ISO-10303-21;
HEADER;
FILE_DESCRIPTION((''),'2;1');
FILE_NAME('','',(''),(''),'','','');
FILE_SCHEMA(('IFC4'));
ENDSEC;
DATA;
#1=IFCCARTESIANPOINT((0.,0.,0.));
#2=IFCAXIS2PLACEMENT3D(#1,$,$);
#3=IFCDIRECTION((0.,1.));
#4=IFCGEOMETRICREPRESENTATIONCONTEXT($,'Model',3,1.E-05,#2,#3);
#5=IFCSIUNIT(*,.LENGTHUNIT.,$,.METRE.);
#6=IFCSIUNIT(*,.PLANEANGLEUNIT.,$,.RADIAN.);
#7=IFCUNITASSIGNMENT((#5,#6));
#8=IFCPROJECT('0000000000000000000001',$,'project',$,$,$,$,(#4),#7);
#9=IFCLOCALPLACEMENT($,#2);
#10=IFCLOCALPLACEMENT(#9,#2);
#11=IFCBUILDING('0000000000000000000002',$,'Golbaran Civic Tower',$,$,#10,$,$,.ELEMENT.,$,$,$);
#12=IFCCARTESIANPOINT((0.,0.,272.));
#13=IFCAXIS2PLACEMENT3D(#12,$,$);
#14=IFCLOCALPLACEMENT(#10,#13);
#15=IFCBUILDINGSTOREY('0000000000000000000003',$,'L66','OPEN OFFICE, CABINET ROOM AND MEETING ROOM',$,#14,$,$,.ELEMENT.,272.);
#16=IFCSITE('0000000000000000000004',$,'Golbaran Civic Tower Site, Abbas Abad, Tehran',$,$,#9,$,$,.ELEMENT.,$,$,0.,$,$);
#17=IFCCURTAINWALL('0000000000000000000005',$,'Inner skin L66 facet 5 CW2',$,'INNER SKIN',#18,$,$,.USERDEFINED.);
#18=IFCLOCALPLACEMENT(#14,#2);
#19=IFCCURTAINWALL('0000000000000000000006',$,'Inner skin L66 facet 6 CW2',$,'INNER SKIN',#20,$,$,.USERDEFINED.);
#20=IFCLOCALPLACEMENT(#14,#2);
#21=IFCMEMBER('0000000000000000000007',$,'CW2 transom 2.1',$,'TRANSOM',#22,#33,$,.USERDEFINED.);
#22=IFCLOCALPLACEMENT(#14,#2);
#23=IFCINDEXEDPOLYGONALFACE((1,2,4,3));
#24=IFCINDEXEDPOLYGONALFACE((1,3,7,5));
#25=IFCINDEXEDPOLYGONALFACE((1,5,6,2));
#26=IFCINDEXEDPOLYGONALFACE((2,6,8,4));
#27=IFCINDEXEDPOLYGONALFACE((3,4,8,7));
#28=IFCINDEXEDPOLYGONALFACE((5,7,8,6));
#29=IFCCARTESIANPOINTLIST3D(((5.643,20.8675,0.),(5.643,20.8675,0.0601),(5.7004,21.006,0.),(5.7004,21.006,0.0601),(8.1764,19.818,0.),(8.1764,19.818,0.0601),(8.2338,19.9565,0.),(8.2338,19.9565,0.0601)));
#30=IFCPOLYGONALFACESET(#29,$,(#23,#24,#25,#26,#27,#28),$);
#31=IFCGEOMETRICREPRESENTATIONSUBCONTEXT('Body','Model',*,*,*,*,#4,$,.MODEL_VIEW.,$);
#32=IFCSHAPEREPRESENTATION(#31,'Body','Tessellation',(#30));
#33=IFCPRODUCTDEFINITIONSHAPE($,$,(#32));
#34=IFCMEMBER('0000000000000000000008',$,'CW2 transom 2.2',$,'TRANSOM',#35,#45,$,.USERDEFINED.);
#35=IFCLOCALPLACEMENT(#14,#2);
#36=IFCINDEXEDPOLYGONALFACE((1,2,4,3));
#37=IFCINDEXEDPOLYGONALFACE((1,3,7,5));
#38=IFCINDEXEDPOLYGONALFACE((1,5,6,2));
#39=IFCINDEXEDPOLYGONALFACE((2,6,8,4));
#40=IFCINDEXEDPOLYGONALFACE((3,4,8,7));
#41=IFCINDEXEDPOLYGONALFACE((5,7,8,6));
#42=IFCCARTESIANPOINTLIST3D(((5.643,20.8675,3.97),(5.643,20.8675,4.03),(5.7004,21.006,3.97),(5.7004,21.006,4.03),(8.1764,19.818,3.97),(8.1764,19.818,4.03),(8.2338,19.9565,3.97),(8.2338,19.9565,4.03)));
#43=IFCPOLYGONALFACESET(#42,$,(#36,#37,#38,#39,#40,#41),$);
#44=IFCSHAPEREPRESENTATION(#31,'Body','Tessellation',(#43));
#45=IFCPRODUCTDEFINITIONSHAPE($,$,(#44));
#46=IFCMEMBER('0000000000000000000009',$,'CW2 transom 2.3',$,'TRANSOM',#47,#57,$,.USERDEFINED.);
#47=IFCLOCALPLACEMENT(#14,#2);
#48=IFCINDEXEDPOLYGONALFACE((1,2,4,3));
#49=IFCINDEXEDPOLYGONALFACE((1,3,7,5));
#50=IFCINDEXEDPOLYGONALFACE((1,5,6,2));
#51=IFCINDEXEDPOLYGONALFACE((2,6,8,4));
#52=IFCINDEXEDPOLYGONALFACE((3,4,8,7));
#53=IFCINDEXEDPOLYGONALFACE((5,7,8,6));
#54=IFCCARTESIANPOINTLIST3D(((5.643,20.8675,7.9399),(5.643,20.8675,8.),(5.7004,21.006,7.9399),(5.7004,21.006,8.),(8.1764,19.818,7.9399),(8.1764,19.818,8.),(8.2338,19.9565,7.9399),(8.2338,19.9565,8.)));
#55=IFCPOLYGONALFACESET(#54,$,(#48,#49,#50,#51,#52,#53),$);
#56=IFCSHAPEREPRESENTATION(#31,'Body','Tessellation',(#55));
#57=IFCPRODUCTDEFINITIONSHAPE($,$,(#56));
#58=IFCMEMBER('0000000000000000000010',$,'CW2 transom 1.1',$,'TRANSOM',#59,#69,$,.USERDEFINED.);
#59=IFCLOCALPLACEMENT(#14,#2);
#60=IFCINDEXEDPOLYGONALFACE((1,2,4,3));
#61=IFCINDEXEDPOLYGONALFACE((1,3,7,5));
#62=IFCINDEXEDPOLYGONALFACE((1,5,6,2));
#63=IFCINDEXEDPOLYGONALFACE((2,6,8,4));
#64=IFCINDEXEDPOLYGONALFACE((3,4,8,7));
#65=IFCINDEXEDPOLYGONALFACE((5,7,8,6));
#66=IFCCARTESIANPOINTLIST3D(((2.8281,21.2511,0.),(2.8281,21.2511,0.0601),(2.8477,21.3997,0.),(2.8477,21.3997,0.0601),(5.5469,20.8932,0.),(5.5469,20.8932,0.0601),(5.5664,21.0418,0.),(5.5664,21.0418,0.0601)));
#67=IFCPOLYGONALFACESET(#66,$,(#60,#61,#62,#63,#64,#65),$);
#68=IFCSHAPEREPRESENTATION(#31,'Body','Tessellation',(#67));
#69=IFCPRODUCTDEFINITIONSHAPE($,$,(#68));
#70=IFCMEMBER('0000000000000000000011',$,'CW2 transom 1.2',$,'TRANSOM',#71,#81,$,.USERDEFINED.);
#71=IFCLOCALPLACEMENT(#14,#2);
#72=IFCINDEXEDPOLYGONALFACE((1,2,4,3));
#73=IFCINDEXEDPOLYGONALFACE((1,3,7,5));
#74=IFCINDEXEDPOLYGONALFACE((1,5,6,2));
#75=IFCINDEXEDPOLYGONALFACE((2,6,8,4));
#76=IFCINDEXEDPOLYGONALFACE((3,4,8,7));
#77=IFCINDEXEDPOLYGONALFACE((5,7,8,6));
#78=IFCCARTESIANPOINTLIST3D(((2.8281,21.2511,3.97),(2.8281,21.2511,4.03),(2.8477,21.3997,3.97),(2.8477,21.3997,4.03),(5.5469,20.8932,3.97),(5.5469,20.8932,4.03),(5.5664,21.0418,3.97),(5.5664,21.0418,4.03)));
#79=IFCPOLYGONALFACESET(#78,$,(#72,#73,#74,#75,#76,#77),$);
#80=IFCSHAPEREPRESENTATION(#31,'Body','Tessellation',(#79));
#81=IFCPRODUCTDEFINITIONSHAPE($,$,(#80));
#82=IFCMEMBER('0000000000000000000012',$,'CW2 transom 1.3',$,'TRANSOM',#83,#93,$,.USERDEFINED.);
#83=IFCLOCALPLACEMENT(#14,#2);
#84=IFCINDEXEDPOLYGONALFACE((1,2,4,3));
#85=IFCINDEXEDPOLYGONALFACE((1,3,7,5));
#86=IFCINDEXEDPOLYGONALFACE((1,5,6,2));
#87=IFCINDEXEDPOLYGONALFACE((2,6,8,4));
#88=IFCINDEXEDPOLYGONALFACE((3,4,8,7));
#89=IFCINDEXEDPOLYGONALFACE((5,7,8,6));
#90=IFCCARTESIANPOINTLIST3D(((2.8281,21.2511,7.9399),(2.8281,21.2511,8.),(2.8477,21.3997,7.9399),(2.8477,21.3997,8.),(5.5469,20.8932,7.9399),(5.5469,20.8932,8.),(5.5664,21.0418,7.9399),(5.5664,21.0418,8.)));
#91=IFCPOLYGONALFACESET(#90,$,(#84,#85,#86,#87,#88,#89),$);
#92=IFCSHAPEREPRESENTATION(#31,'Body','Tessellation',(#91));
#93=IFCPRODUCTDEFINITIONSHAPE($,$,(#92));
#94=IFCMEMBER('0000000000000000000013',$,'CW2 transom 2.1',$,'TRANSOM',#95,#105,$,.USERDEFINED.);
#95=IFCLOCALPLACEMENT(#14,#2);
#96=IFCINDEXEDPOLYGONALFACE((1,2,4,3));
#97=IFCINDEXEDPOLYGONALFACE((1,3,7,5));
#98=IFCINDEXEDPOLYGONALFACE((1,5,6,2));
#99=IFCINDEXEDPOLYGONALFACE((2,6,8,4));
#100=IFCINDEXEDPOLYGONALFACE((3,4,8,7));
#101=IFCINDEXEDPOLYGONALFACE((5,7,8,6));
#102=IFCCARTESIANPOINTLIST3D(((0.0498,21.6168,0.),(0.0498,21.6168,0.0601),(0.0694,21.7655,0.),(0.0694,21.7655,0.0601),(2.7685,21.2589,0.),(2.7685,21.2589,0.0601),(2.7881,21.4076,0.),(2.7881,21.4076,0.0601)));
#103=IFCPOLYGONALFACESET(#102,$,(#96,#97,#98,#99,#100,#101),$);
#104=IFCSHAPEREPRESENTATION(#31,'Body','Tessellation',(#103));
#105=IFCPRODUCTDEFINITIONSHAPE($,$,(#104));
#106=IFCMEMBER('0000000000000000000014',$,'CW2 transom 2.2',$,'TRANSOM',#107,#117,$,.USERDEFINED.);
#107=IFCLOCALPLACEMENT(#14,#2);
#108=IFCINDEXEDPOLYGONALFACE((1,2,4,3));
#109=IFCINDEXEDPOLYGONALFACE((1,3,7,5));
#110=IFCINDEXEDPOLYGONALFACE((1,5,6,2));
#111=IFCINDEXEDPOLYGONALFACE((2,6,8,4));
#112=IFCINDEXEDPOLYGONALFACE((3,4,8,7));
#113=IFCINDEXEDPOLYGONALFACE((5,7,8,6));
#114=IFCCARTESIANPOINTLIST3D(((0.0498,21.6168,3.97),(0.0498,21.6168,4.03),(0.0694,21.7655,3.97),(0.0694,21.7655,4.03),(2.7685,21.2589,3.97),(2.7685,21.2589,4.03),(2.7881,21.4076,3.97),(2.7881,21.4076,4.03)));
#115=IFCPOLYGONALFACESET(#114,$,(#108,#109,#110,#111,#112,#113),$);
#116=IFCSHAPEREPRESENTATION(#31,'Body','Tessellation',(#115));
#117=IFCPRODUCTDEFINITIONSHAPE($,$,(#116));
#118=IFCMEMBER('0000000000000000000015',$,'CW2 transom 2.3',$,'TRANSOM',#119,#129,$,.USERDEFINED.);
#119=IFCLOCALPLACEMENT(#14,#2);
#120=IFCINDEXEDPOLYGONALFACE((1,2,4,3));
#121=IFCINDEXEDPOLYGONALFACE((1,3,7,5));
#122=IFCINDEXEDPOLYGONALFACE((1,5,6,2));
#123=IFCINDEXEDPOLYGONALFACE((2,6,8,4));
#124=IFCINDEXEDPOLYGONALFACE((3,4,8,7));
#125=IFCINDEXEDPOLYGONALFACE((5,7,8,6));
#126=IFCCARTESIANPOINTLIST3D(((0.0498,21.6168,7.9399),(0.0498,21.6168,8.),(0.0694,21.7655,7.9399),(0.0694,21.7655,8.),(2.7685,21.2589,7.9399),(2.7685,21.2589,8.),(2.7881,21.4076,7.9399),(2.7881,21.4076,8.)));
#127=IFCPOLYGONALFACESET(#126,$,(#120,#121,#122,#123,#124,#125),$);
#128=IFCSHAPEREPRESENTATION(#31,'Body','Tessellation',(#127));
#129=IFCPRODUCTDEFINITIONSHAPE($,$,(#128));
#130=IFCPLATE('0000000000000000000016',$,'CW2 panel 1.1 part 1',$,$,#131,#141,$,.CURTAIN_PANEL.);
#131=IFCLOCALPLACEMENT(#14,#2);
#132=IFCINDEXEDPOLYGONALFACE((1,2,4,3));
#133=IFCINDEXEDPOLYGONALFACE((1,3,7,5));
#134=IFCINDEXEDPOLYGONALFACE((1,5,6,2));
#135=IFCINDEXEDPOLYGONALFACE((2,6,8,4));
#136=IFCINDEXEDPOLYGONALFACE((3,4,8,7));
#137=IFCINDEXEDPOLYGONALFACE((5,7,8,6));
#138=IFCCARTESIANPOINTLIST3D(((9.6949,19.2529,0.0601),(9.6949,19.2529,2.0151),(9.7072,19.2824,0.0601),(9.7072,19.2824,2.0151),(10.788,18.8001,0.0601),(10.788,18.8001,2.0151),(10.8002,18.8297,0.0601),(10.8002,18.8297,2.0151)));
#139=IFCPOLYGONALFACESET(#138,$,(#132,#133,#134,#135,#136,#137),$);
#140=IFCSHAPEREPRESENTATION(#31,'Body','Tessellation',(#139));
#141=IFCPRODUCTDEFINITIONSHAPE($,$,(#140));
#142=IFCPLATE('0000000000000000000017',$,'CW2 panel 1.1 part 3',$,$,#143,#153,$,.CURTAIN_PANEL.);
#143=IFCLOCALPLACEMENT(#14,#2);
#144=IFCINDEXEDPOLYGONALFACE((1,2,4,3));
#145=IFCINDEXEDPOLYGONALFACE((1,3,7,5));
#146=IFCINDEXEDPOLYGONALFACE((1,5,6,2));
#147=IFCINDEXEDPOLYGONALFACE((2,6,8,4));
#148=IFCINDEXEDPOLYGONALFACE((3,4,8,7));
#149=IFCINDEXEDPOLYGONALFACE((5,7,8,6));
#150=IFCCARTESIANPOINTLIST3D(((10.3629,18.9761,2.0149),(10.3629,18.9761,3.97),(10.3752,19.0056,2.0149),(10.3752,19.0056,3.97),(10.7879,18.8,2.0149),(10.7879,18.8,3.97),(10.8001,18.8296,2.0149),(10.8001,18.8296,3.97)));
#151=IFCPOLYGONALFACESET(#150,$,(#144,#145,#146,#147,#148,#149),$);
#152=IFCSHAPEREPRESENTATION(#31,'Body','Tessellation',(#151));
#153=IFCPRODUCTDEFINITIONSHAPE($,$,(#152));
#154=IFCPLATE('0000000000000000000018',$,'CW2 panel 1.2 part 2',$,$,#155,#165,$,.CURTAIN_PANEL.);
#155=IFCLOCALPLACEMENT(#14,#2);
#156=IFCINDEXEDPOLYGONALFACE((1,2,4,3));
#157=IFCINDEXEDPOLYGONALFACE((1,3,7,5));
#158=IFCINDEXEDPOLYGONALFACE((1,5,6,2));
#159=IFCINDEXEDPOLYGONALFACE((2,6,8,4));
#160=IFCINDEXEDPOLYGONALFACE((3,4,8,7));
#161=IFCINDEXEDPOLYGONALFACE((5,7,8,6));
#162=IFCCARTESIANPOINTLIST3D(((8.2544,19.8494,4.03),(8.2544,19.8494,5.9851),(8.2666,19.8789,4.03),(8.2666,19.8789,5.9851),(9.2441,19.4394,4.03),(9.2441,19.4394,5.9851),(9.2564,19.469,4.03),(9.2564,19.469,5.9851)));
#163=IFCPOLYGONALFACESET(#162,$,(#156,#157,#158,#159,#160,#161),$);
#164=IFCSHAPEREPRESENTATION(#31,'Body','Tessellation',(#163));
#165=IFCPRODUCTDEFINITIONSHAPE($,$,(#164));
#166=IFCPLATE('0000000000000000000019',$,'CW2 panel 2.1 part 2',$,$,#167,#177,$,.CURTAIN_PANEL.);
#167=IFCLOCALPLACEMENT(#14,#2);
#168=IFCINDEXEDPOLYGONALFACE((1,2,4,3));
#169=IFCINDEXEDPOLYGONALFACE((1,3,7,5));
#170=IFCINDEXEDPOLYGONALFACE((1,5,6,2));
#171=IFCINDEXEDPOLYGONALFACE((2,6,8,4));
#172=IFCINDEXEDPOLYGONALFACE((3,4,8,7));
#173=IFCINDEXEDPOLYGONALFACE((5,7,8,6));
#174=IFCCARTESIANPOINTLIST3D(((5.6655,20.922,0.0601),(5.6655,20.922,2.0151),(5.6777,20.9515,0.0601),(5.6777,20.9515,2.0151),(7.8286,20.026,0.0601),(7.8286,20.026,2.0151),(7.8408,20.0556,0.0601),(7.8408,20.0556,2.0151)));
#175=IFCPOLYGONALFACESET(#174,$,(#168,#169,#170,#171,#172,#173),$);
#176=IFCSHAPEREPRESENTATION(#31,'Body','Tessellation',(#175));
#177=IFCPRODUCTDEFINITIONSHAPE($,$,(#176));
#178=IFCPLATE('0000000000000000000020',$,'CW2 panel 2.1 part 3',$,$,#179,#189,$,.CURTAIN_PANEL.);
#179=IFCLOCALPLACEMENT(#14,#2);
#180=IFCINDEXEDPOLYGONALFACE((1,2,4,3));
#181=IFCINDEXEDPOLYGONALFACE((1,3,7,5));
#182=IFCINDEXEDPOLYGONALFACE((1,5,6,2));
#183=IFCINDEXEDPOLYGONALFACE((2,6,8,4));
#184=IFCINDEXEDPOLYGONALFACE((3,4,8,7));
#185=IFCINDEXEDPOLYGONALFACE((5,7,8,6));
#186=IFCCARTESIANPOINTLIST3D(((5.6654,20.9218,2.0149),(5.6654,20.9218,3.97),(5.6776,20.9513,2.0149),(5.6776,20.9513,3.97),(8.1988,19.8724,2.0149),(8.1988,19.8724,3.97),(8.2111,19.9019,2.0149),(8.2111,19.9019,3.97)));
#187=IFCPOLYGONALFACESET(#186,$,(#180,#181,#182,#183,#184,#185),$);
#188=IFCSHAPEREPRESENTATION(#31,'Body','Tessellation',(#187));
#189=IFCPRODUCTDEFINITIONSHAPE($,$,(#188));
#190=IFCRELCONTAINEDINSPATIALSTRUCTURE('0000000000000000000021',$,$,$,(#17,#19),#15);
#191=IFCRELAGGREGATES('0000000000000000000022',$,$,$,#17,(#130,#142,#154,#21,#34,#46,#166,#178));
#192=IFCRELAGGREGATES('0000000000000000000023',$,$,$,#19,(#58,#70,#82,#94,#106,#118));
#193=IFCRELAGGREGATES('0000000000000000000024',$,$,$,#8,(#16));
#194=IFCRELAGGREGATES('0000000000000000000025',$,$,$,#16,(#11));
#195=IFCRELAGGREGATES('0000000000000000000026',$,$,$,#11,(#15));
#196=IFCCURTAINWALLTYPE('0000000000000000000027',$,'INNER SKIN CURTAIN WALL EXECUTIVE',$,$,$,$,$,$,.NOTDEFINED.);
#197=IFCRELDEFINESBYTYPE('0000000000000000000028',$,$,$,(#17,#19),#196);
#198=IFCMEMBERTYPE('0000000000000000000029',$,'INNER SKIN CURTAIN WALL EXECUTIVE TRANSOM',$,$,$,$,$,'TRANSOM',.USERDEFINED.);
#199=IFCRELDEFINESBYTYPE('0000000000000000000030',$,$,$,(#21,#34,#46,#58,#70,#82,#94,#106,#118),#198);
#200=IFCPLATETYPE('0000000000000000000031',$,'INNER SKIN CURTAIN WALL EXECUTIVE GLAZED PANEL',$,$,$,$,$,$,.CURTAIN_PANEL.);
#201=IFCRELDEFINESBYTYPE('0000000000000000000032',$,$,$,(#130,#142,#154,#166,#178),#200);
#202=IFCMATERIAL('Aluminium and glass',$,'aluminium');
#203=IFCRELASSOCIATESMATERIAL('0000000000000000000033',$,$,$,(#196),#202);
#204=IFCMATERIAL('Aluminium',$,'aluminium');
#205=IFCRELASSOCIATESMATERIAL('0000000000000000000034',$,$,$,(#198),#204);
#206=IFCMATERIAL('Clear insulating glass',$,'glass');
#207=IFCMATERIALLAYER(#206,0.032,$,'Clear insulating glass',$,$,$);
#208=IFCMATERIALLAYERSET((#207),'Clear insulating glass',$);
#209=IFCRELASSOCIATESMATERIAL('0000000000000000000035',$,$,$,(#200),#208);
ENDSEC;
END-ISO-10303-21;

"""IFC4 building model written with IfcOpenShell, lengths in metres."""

from ifc_helpers import new_model, si_unit, direction, frame, origin, origin_2d, place, context, subcontext, project, spatial, rectangle, extrude, material, layer, layer_set, material_profile, profile_set, type_object, element, aggregate, save


model = new_model("IFC4")

# Units and contexts
model_context = context("Model", 3, precision=1e-05, world=origin(), true_north=direction((0.0, 1.0)))
body_context = subcontext(model_context, "Body", "Model", "MODEL_VIEW")
ifc_project = project(units=[si_unit("LENGTHUNIT", "METRE"), si_unit("PLANEANGLEUNIT", "RADIAN")], contexts=[model_context])

# Site, building, storey
site_placement = place(None, origin())
site = spatial("IfcSite", under=ifc_project, at=site_placement, Name="Golbaran Civic Tower Site, Abbas Abad, Tehran", CompositionType="ELEMENT", RefElevation=0.0)
building_placement = place(site_placement, origin())
building = spatial("IfcBuilding", under=site, at=building_placement, Name="Golbaran Civic Tower", CompositionType="ELEMENT")
storey_placement = place(building_placement, frame((0.0, 0.0, 272.0)))
storey = spatial("IfcBuildingStorey", under=building, at=storey_placement, Name="L66", Description="OPEN OFFICE, CABINET ROOM AND MEETING ROOM", CompositionType="ELEMENT", Elevation=272.0)

# Curtain walls
ifc_material_1 = material(Name="Aluminium and glass", Category="aluminium")
curtain_wall_type = type_object("IfcCurtainWallType", Name="INNER SKIN CURTAIN WALL EXECUTIVE", PredefinedType="NOTDEFINED", material=ifc_material_1)
curtain_wall_1_placement = place(storey_placement, origin())
curtain_wall_1 = element("IfcCurtainWall", 1, at=curtain_wall_1_placement, inside=storey, type_object=curtain_wall_type, Name="Inner skin L66 facet 5 CW2", ObjectType="INNER SKIN", PredefinedType="USERDEFINED")
ifc_material_2 = material(Name="Aluminium", Category="aluminium")
curtain_wall_2_placement = place(storey_placement, origin())
curtain_wall_2 = element("IfcCurtainWall", 2, at=curtain_wall_2_placement, inside=storey, type_object=curtain_wall_type, Name="Inner skin L66 facet 6 CW2", ObjectType="INNER SKIN", PredefinedType="USERDEFINED")

# Members
ifc_material_profile_1 = material_profile(ifc_material_2, rectangle(XDim=0.1499, YDim=0.0601, at=origin_2d()), Name="INNER SKIN CURTAIN WALL EXECUTIVE TRANSOM")
ifc_profile_set_1 = profile_set([ifc_material_profile_1], Name="Aluminium")
member_type_1 = type_object("IfcMemberType", Name="INNER SKIN CURTAIN WALL EXECUTIVE TRANSOM", ElementType="TRANSOM", PredefinedType="USERDEFINED", material=ifc_profile_set_1)
member_1_placement = place(storey_placement, frame((8.2051, 19.8872, 0.03), z_axis=(-0.923857, 0.382737, 0.0), x_axis=(-0.382737, -0.923857, 0.0)))
member_1 = element("IfcMember", 3, at=member_1_placement, type_object=member_type_1, Name="CW2 transom 2.1", ObjectType="TRANSOM", PredefinedType="USERDEFINED", context=body_context, shape_type="SweptSolid", body=[
    extrude(rectangle(XDim=0.1499, YDim=0.0601, at=origin_2d()), origin(), (0.0, 0.0, 1.0), 2.7422),
])
member_2_placement = place(storey_placement, frame((8.2051, 19.8872, 4.0), z_axis=(-0.923857, 0.382737, 0.0), x_axis=(-0.382737, -0.923857, 0.0)))
member_2 = element("IfcMember", 4, at=member_2_placement, type_object=member_type_1, Name="CW2 transom 2.2", ObjectType="TRANSOM", PredefinedType="USERDEFINED", context=body_context, shape_type="SweptSolid", body=[
    extrude(rectangle(XDim=0.1499, YDim=0.0601, at=origin_2d()), origin(), (0.0, 0.0, 1.0), 2.7422),
])
member_3_placement = place(storey_placement, frame((8.2051, 19.8872, 7.97), z_axis=(-0.923857, 0.382737, 0.0), x_axis=(-0.382737, -0.923857, 0.0)))
member_3 = element("IfcMember", 5, at=member_3_placement, type_object=member_type_1, Name="CW2 transom 2.3", ObjectType="TRANSOM", PredefinedType="USERDEFINED", context=body_context, shape_type="SweptSolid", body=[
    extrude(rectangle(XDim=0.1499, YDim=0.0601, at=origin_2d()), origin(), (0.0, 0.0, 1.0), 2.7422),
])
member_4_placement = place(storey_placement, frame((5.5566, 20.9675, 0.03), z_axis=(-0.991446, 0.130519, 0.0), x_axis=(-0.130519, -0.991446, 0.0)))
member_4 = element("IfcMember", 6, at=member_4_placement, type_object=member_type_1, Name="CW2 transom 1.1", ObjectType="TRANSOM", PredefinedType="USERDEFINED", context=body_context, shape_type="SweptSolid", body=[
    extrude(rectangle(XDim=0.1499, YDim=0.0601, at=origin_2d()), origin(), (0.0, 0.0, 1.0), 2.7422),
])
member_5_placement = place(storey_placement, frame((5.5566, 20.9675, 4.0), z_axis=(-0.991446, 0.130519, 0.0), x_axis=(-0.130519, -0.991446, 0.0)))
member_5 = element("IfcMember", 7, at=member_5_placement, type_object=member_type_1, Name="CW2 transom 1.2", ObjectType="TRANSOM", PredefinedType="USERDEFINED", context=body_context, shape_type="SweptSolid", body=[
    extrude(rectangle(XDim=0.1499, YDim=0.0601, at=origin_2d()), origin(), (0.0, 0.0, 1.0), 2.7422),
])
member_6_placement = place(storey_placement, frame((5.5566, 20.9675, 7.97), z_axis=(-0.991446, 0.130519, 0.0), x_axis=(-0.130519, -0.991446, 0.0)))
member_6 = element("IfcMember", 8, at=member_6_placement, type_object=member_type_1, Name="CW2 transom 1.3", ObjectType="TRANSOM", PredefinedType="USERDEFINED", context=body_context, shape_type="SweptSolid", body=[
    extrude(rectangle(XDim=0.1499, YDim=0.0601, at=origin_2d()), origin(), (0.0, 0.0, 1.0), 2.7422),
])
member_7_placement = place(storey_placement, frame((2.7783, 21.3333, 0.03), z_axis=(-0.991446, 0.130519, 0.0), x_axis=(-0.130519, -0.991446, 0.0)))
member_7 = element("IfcMember", 9, at=member_7_placement, type_object=member_type_1, Name="CW2 transom 2.1", ObjectType="TRANSOM", PredefinedType="USERDEFINED", context=body_context, shape_type="SweptSolid", body=[
    extrude(rectangle(XDim=0.1499, YDim=0.0601, at=origin_2d()), origin(), (0.0, 0.0, 1.0), 2.7422),
])
member_8_placement = place(storey_placement, frame((2.7783, 21.3333, 4.0), z_axis=(-0.991446, 0.130519, 0.0), x_axis=(-0.130519, -0.991446, 0.0)))
member_8 = element("IfcMember", 10, at=member_8_placement, type_object=member_type_1, Name="CW2 transom 2.2", ObjectType="TRANSOM", PredefinedType="USERDEFINED", context=body_context, shape_type="SweptSolid", body=[
    extrude(rectangle(XDim=0.1499, YDim=0.0601, at=origin_2d()), origin(), (0.0, 0.0, 1.0), 2.7422),
])
member_9_placement = place(storey_placement, frame((2.7783, 21.3333, 7.97), z_axis=(-0.991446, 0.130519, 0.0), x_axis=(-0.130519, -0.991446, 0.0)))
member_9 = element("IfcMember", 11, at=member_9_placement, type_object=member_type_1, Name="CW2 transom 2.3", ObjectType="TRANSOM", PredefinedType="USERDEFINED", context=body_context, shape_type="SweptSolid", body=[
    extrude(rectangle(XDim=0.1499, YDim=0.0601, at=origin_2d()), origin(), (0.0, 0.0, 1.0), 2.7422),
])

# Plates
ifc_material_3 = material(Name="Clear insulating glass", Category="glass")
ifc_layer_1 = layer(ifc_material_3, 0.032, Name="Clear insulating glass")
ifc_layer_set_1 = layer_set([ifc_layer_1], Name="Clear insulating glass")
plate_type_1 = type_object("IfcPlateType", Name="INNER SKIN CURTAIN WALL EXECUTIVE GLAZED PANEL", PredefinedType="CURTAIN_PANEL", material=ifc_layer_set_1)
plate_1_placement = place(storey_placement, frame((10.2476, 19.0413, 0.0601), z_axis=(0.0, 0.0, 1.0), x_axis=(-0.92388, 0.382683, 0.0)))
plate_1 = element("IfcPlate", 12, at=plate_1_placement, type_object=plate_type_1, Name="CW2 panel 1.1 part 1", PredefinedType="CURTAIN_PANEL", context=body_context, shape_type="SweptSolid", body=[
    extrude(rectangle(XDim=1.1831, YDim=0.032, at=origin_2d()), origin(), (0.0, 0.0, 1.0), 1.9551),
])
plate_2_placement = place(storey_placement, frame((10.5815, 18.9028, 2.0149), z_axis=(0.0, 0.0, 1.0), x_axis=(-0.92388, 0.382683, 0.0)))
plate_2 = element("IfcPlate", 13, at=plate_2_placement, type_object=plate_type_1, Name="CW2 panel 1.1 part 3", PredefinedType="CURTAIN_PANEL", context=body_context, shape_type="SweptSolid", body=[
    extrude(rectangle(XDim=0.46, YDim=0.032, at=origin_2d()), origin(), (0.0, 0.0, 1.0), 1.9551),
])
plate_3_placement = place(storey_placement, frame((8.7554, 19.6592, 4.03), z_axis=(0.0, 0.0, 1.0), x_axis=(-0.92388, 0.382683, 0.0)))
plate_3 = element("IfcPlate", 14, at=plate_3_placement, type_object=plate_type_1, Name="CW2 panel 1.2 part 2", PredefinedType="CURTAIN_PANEL", context=body_context, shape_type="SweptSolid", body=[
    extrude(rectangle(XDim=1.0713, YDim=0.032, at=origin_2d()), origin(), (0.0, 0.0, 1.0), 1.9551),
])
plate_4_placement = place(storey_placement, frame((6.7532, 20.4888, 0.0601), z_axis=(0.0, 0.0, 1.0), x_axis=(-0.92388, 0.382683, 0.0)))
plate_4 = element("IfcPlate", 15, at=plate_4_placement, type_object=plate_type_1, Name="CW2 panel 2.1 part 2", PredefinedType="CURTAIN_PANEL", context=body_context, shape_type="SweptSolid", body=[
    extrude(rectangle(XDim=2.3413, YDim=0.032, at=origin_2d()), origin(), (0.0, 0.0, 1.0), 1.9551),
])
plate_5_placement = place(storey_placement, frame((6.9382, 20.4119, 2.0149), z_axis=(0.0, 0.0, 1.0), x_axis=(-0.92388, 0.382683, 0.0)))
plate_5 = element("IfcPlate", 16, at=plate_5_placement, type_object=plate_type_1, Name="CW2 panel 2.1 part 3", PredefinedType="CURTAIN_PANEL", context=body_context, shape_type="SweptSolid", body=[
    extrude(rectangle(XDim=2.7422, YDim=0.032, at=origin_2d()), origin(), (0.0, 0.0, 1.0), 1.9551),
])
aggregate(curtain_wall_1, [plate_1, plate_2, plate_3, member_1, member_2, member_3, plate_4, plate_5])
aggregate(curtain_wall_2, [member_4, member_5, member_6, member_7, member_8, member_9])

save(model, "model.ifc")
